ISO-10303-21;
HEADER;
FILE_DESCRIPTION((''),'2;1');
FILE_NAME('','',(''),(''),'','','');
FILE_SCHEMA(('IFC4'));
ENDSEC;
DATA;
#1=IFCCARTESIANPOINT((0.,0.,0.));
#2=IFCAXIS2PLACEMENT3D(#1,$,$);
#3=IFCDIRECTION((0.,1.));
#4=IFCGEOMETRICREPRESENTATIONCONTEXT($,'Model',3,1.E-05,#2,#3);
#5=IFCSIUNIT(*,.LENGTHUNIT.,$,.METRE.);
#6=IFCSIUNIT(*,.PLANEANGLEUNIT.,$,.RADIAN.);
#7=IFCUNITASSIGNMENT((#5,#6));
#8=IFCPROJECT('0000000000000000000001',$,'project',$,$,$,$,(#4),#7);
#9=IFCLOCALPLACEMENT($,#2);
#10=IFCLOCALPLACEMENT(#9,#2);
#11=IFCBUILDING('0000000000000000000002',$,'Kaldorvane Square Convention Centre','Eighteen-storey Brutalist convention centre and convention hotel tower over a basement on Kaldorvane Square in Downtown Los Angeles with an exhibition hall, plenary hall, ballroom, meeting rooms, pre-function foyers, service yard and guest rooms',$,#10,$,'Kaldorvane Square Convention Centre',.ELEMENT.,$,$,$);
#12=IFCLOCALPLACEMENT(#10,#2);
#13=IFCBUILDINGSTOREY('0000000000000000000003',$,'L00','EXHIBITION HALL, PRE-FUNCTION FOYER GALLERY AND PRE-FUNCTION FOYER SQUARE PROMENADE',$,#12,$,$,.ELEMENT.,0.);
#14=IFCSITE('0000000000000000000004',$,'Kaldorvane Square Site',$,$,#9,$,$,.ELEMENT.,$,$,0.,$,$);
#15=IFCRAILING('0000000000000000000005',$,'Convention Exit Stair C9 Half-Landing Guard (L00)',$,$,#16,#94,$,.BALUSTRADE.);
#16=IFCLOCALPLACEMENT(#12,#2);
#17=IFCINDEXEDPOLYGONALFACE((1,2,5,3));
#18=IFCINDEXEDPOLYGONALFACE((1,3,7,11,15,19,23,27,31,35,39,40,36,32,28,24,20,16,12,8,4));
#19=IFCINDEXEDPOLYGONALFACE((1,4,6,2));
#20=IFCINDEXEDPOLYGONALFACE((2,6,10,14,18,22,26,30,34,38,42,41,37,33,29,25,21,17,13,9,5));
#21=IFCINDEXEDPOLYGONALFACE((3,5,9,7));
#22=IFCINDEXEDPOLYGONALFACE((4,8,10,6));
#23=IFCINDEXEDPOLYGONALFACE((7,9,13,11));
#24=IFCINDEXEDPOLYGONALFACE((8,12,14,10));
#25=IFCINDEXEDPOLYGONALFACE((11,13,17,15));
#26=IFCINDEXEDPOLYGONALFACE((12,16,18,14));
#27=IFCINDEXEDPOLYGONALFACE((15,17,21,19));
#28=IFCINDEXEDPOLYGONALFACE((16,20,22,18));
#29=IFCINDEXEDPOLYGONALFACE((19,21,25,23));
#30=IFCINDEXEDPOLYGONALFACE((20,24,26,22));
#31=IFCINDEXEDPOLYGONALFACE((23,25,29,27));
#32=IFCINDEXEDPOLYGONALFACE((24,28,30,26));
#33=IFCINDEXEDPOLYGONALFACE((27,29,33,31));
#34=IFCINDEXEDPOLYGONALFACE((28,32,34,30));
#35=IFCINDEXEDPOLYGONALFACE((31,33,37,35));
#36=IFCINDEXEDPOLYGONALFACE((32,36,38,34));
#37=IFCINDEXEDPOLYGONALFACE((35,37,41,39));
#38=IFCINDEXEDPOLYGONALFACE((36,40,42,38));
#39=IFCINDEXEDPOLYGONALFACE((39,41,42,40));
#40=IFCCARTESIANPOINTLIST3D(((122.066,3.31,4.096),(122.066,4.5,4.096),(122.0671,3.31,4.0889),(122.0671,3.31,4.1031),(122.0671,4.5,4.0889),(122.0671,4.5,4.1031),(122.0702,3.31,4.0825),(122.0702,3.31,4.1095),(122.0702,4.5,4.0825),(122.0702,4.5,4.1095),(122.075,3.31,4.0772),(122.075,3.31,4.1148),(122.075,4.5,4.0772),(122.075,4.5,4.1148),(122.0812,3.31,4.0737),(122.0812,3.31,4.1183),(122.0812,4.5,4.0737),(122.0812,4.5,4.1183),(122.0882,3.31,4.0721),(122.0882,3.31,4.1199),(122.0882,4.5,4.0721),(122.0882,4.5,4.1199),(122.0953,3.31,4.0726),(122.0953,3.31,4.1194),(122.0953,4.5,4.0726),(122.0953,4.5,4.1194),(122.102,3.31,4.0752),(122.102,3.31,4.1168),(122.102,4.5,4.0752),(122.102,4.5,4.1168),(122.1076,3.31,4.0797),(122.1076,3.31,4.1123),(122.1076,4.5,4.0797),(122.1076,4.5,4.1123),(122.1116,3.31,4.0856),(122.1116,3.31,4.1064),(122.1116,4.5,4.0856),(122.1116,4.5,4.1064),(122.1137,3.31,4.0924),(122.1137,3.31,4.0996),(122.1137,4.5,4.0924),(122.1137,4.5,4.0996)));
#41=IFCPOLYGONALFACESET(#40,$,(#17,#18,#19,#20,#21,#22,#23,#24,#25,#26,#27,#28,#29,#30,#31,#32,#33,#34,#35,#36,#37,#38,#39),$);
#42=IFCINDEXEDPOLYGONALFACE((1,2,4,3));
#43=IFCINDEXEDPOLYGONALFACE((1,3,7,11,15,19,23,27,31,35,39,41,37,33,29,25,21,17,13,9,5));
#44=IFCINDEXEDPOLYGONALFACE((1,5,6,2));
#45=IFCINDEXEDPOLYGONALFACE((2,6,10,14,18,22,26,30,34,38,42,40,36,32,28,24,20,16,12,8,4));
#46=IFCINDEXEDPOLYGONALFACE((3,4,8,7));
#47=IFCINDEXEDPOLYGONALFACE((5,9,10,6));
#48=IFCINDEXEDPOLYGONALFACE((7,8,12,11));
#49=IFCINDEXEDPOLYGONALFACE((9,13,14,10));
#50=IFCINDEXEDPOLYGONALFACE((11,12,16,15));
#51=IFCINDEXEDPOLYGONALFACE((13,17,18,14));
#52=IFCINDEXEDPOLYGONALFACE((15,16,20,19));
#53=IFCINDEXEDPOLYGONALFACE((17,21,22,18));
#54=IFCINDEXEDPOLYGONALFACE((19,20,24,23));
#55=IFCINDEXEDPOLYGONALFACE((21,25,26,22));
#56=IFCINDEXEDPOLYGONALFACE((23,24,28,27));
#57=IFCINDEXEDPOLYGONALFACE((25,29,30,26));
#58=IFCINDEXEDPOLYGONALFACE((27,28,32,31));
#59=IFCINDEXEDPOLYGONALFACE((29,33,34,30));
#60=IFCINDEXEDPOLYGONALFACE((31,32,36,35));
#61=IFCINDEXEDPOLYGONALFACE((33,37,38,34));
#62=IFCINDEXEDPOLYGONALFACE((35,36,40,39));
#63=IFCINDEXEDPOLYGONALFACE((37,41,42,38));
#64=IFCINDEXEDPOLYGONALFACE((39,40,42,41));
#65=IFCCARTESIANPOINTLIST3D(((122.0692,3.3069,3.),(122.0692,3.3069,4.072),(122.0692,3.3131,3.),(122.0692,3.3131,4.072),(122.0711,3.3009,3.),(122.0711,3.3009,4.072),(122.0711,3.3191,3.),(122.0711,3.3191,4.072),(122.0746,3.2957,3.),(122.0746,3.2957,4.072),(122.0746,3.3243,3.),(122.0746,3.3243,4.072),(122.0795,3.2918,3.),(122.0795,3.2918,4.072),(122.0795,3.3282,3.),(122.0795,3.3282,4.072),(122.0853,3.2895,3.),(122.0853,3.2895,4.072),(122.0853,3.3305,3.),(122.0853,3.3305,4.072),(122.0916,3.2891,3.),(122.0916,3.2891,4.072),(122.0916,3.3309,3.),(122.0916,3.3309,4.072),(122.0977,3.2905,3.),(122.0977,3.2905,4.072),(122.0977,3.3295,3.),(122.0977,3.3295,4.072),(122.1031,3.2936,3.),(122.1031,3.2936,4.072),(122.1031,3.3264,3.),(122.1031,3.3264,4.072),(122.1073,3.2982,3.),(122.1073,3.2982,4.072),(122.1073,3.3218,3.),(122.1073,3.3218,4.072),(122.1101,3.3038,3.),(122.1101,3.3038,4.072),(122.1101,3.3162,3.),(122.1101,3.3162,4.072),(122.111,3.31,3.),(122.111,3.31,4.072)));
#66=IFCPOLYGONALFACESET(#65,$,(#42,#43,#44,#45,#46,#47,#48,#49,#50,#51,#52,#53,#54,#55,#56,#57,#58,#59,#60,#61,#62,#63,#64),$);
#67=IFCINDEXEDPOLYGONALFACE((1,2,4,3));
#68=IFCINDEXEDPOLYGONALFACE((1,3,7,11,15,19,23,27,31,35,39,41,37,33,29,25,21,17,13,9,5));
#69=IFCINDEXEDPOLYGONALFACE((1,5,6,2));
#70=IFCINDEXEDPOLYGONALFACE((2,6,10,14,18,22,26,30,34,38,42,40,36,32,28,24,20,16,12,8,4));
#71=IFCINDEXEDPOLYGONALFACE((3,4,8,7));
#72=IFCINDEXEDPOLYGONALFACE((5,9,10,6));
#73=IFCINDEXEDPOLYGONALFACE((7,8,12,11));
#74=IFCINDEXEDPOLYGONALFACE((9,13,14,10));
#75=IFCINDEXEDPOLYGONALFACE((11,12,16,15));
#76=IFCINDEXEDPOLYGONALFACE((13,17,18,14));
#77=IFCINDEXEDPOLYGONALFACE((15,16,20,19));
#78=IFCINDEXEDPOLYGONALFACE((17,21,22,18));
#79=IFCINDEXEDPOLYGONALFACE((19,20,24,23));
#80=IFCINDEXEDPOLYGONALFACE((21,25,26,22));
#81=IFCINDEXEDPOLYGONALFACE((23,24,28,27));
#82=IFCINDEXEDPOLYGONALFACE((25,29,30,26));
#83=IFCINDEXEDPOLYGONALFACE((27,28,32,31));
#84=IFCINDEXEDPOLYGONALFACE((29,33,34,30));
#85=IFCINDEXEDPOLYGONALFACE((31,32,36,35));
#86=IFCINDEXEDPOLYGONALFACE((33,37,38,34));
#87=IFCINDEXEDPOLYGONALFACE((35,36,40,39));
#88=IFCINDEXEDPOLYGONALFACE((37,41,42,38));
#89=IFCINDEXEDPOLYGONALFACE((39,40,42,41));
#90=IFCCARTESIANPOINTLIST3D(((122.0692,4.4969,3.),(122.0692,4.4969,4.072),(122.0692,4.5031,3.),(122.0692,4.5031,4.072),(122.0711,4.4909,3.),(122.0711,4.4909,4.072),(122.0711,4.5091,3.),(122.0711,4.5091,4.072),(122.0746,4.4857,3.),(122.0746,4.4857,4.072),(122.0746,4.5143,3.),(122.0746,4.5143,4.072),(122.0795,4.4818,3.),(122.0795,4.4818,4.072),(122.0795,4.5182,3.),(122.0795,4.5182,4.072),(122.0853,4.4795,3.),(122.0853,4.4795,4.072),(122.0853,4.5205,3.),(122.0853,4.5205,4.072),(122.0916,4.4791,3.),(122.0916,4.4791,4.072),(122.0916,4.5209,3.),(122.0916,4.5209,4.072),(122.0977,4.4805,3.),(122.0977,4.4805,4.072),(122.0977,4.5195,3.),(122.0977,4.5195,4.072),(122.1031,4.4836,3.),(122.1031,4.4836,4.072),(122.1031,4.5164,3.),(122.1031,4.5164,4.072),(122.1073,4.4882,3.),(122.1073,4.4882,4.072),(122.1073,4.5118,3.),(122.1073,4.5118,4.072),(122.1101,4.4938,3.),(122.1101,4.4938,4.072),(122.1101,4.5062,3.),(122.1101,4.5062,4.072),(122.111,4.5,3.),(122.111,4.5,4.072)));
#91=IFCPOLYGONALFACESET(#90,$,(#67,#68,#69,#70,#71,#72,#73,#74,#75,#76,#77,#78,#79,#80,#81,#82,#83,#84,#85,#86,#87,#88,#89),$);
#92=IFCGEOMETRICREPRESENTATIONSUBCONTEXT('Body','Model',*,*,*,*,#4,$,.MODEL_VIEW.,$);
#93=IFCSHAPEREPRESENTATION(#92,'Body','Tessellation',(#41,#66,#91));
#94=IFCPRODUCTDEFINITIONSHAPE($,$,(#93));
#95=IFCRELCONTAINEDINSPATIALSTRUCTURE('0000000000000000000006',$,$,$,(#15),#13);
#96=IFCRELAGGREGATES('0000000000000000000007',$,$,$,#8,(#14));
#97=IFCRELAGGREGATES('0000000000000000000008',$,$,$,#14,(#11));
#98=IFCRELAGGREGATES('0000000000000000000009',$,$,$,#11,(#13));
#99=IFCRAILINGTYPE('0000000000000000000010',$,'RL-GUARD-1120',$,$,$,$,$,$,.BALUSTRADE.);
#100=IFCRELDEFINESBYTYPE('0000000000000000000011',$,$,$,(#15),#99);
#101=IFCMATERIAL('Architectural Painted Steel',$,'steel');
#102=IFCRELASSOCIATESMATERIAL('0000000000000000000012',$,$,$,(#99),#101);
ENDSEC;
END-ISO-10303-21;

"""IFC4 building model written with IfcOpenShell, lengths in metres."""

from ifc_helpers import new_model, si_unit, direction, frame, origin, origin_2d, place, context, subcontext, project, spatial, circle, extrude, material, type_object, element, save


model = new_model("IFC4")

# Units and contexts
model_context = context("Model", 3, precision=1e-05, world=origin(), true_north=direction((0.0, 1.0)))
body_context = subcontext(model_context, "Body", "Model", "MODEL_VIEW")
ifc_project = project(units=[si_unit("LENGTHUNIT", "METRE"), si_unit("PLANEANGLEUNIT", "RADIAN")], contexts=[model_context])

# Site, building, storey
site_placement = place(None, origin())
site = spatial("IfcSite", under=ifc_project, at=site_placement, Name="Kaldorvane Square Site", CompositionType="ELEMENT", RefElevation=0.0)
building_placement = place(site_placement, origin())
building = spatial("IfcBuilding", under=site, at=building_placement, Name="Kaldorvane Square Convention Centre", Description="Eighteen-storey Brutalist convention centre and convention hotel tower over a basement on Kaldorvane Square in Downtown Los Angeles with an exhibition hall, plenary hall, ballroom, meeting rooms, pre-function foyers, service yard and guest rooms", LongName="Kaldorvane Square Convention Centre", CompositionType="ELEMENT")
storey_placement = place(building_placement, origin())
storey = spatial("IfcBuildingStorey", under=building, at=storey_placement, Name="L00", Description="EXHIBITION HALL, PRE-FUNCTION FOYER GALLERY AND PRE-FUNCTION FOYER SQUARE PROMENADE", CompositionType="ELEMENT", Elevation=0.0)

# Railing
ifc_material_1 = material(Name="Architectural Painted Steel", Category="steel")
railing_type_1 = type_object("IfcRailingType", Name="RL-GUARD-1120", PredefinedType="BALUSTRADE", material=ifc_material_1)
railing_1_placement = place(storey_placement, frame((122.09, 3.31, 3.0)))
element("IfcRailing", 1, at=railing_1_placement, inside=storey, type_object=railing_type_1, Name="Convention Exit Stair C9 Half-Landing Guard (L00)", PredefinedType="BALUSTRADE", context=body_context, shape_type="SweptSolid", body=[
    extrude(circle(Radius=0.024, at=origin_2d()), frame((0.0, 0.0, 1.096), z_axis=(0.0, 1.0, 0.0), x_axis=(-1.0, 0.0, 0.0)), (0.0, 0.0, 1.0), 1.19),
    extrude(circle(Radius=0.021, at=origin_2d()), origin(), (0.0, 0.0, 1.0), 1.072),
    extrude(circle(Radius=0.021, at=origin_2d()), frame((0.0, 1.19, 0.0)), (0.0, 0.0, 1.0), 1.072),
])

save(model, "model.ifc")
